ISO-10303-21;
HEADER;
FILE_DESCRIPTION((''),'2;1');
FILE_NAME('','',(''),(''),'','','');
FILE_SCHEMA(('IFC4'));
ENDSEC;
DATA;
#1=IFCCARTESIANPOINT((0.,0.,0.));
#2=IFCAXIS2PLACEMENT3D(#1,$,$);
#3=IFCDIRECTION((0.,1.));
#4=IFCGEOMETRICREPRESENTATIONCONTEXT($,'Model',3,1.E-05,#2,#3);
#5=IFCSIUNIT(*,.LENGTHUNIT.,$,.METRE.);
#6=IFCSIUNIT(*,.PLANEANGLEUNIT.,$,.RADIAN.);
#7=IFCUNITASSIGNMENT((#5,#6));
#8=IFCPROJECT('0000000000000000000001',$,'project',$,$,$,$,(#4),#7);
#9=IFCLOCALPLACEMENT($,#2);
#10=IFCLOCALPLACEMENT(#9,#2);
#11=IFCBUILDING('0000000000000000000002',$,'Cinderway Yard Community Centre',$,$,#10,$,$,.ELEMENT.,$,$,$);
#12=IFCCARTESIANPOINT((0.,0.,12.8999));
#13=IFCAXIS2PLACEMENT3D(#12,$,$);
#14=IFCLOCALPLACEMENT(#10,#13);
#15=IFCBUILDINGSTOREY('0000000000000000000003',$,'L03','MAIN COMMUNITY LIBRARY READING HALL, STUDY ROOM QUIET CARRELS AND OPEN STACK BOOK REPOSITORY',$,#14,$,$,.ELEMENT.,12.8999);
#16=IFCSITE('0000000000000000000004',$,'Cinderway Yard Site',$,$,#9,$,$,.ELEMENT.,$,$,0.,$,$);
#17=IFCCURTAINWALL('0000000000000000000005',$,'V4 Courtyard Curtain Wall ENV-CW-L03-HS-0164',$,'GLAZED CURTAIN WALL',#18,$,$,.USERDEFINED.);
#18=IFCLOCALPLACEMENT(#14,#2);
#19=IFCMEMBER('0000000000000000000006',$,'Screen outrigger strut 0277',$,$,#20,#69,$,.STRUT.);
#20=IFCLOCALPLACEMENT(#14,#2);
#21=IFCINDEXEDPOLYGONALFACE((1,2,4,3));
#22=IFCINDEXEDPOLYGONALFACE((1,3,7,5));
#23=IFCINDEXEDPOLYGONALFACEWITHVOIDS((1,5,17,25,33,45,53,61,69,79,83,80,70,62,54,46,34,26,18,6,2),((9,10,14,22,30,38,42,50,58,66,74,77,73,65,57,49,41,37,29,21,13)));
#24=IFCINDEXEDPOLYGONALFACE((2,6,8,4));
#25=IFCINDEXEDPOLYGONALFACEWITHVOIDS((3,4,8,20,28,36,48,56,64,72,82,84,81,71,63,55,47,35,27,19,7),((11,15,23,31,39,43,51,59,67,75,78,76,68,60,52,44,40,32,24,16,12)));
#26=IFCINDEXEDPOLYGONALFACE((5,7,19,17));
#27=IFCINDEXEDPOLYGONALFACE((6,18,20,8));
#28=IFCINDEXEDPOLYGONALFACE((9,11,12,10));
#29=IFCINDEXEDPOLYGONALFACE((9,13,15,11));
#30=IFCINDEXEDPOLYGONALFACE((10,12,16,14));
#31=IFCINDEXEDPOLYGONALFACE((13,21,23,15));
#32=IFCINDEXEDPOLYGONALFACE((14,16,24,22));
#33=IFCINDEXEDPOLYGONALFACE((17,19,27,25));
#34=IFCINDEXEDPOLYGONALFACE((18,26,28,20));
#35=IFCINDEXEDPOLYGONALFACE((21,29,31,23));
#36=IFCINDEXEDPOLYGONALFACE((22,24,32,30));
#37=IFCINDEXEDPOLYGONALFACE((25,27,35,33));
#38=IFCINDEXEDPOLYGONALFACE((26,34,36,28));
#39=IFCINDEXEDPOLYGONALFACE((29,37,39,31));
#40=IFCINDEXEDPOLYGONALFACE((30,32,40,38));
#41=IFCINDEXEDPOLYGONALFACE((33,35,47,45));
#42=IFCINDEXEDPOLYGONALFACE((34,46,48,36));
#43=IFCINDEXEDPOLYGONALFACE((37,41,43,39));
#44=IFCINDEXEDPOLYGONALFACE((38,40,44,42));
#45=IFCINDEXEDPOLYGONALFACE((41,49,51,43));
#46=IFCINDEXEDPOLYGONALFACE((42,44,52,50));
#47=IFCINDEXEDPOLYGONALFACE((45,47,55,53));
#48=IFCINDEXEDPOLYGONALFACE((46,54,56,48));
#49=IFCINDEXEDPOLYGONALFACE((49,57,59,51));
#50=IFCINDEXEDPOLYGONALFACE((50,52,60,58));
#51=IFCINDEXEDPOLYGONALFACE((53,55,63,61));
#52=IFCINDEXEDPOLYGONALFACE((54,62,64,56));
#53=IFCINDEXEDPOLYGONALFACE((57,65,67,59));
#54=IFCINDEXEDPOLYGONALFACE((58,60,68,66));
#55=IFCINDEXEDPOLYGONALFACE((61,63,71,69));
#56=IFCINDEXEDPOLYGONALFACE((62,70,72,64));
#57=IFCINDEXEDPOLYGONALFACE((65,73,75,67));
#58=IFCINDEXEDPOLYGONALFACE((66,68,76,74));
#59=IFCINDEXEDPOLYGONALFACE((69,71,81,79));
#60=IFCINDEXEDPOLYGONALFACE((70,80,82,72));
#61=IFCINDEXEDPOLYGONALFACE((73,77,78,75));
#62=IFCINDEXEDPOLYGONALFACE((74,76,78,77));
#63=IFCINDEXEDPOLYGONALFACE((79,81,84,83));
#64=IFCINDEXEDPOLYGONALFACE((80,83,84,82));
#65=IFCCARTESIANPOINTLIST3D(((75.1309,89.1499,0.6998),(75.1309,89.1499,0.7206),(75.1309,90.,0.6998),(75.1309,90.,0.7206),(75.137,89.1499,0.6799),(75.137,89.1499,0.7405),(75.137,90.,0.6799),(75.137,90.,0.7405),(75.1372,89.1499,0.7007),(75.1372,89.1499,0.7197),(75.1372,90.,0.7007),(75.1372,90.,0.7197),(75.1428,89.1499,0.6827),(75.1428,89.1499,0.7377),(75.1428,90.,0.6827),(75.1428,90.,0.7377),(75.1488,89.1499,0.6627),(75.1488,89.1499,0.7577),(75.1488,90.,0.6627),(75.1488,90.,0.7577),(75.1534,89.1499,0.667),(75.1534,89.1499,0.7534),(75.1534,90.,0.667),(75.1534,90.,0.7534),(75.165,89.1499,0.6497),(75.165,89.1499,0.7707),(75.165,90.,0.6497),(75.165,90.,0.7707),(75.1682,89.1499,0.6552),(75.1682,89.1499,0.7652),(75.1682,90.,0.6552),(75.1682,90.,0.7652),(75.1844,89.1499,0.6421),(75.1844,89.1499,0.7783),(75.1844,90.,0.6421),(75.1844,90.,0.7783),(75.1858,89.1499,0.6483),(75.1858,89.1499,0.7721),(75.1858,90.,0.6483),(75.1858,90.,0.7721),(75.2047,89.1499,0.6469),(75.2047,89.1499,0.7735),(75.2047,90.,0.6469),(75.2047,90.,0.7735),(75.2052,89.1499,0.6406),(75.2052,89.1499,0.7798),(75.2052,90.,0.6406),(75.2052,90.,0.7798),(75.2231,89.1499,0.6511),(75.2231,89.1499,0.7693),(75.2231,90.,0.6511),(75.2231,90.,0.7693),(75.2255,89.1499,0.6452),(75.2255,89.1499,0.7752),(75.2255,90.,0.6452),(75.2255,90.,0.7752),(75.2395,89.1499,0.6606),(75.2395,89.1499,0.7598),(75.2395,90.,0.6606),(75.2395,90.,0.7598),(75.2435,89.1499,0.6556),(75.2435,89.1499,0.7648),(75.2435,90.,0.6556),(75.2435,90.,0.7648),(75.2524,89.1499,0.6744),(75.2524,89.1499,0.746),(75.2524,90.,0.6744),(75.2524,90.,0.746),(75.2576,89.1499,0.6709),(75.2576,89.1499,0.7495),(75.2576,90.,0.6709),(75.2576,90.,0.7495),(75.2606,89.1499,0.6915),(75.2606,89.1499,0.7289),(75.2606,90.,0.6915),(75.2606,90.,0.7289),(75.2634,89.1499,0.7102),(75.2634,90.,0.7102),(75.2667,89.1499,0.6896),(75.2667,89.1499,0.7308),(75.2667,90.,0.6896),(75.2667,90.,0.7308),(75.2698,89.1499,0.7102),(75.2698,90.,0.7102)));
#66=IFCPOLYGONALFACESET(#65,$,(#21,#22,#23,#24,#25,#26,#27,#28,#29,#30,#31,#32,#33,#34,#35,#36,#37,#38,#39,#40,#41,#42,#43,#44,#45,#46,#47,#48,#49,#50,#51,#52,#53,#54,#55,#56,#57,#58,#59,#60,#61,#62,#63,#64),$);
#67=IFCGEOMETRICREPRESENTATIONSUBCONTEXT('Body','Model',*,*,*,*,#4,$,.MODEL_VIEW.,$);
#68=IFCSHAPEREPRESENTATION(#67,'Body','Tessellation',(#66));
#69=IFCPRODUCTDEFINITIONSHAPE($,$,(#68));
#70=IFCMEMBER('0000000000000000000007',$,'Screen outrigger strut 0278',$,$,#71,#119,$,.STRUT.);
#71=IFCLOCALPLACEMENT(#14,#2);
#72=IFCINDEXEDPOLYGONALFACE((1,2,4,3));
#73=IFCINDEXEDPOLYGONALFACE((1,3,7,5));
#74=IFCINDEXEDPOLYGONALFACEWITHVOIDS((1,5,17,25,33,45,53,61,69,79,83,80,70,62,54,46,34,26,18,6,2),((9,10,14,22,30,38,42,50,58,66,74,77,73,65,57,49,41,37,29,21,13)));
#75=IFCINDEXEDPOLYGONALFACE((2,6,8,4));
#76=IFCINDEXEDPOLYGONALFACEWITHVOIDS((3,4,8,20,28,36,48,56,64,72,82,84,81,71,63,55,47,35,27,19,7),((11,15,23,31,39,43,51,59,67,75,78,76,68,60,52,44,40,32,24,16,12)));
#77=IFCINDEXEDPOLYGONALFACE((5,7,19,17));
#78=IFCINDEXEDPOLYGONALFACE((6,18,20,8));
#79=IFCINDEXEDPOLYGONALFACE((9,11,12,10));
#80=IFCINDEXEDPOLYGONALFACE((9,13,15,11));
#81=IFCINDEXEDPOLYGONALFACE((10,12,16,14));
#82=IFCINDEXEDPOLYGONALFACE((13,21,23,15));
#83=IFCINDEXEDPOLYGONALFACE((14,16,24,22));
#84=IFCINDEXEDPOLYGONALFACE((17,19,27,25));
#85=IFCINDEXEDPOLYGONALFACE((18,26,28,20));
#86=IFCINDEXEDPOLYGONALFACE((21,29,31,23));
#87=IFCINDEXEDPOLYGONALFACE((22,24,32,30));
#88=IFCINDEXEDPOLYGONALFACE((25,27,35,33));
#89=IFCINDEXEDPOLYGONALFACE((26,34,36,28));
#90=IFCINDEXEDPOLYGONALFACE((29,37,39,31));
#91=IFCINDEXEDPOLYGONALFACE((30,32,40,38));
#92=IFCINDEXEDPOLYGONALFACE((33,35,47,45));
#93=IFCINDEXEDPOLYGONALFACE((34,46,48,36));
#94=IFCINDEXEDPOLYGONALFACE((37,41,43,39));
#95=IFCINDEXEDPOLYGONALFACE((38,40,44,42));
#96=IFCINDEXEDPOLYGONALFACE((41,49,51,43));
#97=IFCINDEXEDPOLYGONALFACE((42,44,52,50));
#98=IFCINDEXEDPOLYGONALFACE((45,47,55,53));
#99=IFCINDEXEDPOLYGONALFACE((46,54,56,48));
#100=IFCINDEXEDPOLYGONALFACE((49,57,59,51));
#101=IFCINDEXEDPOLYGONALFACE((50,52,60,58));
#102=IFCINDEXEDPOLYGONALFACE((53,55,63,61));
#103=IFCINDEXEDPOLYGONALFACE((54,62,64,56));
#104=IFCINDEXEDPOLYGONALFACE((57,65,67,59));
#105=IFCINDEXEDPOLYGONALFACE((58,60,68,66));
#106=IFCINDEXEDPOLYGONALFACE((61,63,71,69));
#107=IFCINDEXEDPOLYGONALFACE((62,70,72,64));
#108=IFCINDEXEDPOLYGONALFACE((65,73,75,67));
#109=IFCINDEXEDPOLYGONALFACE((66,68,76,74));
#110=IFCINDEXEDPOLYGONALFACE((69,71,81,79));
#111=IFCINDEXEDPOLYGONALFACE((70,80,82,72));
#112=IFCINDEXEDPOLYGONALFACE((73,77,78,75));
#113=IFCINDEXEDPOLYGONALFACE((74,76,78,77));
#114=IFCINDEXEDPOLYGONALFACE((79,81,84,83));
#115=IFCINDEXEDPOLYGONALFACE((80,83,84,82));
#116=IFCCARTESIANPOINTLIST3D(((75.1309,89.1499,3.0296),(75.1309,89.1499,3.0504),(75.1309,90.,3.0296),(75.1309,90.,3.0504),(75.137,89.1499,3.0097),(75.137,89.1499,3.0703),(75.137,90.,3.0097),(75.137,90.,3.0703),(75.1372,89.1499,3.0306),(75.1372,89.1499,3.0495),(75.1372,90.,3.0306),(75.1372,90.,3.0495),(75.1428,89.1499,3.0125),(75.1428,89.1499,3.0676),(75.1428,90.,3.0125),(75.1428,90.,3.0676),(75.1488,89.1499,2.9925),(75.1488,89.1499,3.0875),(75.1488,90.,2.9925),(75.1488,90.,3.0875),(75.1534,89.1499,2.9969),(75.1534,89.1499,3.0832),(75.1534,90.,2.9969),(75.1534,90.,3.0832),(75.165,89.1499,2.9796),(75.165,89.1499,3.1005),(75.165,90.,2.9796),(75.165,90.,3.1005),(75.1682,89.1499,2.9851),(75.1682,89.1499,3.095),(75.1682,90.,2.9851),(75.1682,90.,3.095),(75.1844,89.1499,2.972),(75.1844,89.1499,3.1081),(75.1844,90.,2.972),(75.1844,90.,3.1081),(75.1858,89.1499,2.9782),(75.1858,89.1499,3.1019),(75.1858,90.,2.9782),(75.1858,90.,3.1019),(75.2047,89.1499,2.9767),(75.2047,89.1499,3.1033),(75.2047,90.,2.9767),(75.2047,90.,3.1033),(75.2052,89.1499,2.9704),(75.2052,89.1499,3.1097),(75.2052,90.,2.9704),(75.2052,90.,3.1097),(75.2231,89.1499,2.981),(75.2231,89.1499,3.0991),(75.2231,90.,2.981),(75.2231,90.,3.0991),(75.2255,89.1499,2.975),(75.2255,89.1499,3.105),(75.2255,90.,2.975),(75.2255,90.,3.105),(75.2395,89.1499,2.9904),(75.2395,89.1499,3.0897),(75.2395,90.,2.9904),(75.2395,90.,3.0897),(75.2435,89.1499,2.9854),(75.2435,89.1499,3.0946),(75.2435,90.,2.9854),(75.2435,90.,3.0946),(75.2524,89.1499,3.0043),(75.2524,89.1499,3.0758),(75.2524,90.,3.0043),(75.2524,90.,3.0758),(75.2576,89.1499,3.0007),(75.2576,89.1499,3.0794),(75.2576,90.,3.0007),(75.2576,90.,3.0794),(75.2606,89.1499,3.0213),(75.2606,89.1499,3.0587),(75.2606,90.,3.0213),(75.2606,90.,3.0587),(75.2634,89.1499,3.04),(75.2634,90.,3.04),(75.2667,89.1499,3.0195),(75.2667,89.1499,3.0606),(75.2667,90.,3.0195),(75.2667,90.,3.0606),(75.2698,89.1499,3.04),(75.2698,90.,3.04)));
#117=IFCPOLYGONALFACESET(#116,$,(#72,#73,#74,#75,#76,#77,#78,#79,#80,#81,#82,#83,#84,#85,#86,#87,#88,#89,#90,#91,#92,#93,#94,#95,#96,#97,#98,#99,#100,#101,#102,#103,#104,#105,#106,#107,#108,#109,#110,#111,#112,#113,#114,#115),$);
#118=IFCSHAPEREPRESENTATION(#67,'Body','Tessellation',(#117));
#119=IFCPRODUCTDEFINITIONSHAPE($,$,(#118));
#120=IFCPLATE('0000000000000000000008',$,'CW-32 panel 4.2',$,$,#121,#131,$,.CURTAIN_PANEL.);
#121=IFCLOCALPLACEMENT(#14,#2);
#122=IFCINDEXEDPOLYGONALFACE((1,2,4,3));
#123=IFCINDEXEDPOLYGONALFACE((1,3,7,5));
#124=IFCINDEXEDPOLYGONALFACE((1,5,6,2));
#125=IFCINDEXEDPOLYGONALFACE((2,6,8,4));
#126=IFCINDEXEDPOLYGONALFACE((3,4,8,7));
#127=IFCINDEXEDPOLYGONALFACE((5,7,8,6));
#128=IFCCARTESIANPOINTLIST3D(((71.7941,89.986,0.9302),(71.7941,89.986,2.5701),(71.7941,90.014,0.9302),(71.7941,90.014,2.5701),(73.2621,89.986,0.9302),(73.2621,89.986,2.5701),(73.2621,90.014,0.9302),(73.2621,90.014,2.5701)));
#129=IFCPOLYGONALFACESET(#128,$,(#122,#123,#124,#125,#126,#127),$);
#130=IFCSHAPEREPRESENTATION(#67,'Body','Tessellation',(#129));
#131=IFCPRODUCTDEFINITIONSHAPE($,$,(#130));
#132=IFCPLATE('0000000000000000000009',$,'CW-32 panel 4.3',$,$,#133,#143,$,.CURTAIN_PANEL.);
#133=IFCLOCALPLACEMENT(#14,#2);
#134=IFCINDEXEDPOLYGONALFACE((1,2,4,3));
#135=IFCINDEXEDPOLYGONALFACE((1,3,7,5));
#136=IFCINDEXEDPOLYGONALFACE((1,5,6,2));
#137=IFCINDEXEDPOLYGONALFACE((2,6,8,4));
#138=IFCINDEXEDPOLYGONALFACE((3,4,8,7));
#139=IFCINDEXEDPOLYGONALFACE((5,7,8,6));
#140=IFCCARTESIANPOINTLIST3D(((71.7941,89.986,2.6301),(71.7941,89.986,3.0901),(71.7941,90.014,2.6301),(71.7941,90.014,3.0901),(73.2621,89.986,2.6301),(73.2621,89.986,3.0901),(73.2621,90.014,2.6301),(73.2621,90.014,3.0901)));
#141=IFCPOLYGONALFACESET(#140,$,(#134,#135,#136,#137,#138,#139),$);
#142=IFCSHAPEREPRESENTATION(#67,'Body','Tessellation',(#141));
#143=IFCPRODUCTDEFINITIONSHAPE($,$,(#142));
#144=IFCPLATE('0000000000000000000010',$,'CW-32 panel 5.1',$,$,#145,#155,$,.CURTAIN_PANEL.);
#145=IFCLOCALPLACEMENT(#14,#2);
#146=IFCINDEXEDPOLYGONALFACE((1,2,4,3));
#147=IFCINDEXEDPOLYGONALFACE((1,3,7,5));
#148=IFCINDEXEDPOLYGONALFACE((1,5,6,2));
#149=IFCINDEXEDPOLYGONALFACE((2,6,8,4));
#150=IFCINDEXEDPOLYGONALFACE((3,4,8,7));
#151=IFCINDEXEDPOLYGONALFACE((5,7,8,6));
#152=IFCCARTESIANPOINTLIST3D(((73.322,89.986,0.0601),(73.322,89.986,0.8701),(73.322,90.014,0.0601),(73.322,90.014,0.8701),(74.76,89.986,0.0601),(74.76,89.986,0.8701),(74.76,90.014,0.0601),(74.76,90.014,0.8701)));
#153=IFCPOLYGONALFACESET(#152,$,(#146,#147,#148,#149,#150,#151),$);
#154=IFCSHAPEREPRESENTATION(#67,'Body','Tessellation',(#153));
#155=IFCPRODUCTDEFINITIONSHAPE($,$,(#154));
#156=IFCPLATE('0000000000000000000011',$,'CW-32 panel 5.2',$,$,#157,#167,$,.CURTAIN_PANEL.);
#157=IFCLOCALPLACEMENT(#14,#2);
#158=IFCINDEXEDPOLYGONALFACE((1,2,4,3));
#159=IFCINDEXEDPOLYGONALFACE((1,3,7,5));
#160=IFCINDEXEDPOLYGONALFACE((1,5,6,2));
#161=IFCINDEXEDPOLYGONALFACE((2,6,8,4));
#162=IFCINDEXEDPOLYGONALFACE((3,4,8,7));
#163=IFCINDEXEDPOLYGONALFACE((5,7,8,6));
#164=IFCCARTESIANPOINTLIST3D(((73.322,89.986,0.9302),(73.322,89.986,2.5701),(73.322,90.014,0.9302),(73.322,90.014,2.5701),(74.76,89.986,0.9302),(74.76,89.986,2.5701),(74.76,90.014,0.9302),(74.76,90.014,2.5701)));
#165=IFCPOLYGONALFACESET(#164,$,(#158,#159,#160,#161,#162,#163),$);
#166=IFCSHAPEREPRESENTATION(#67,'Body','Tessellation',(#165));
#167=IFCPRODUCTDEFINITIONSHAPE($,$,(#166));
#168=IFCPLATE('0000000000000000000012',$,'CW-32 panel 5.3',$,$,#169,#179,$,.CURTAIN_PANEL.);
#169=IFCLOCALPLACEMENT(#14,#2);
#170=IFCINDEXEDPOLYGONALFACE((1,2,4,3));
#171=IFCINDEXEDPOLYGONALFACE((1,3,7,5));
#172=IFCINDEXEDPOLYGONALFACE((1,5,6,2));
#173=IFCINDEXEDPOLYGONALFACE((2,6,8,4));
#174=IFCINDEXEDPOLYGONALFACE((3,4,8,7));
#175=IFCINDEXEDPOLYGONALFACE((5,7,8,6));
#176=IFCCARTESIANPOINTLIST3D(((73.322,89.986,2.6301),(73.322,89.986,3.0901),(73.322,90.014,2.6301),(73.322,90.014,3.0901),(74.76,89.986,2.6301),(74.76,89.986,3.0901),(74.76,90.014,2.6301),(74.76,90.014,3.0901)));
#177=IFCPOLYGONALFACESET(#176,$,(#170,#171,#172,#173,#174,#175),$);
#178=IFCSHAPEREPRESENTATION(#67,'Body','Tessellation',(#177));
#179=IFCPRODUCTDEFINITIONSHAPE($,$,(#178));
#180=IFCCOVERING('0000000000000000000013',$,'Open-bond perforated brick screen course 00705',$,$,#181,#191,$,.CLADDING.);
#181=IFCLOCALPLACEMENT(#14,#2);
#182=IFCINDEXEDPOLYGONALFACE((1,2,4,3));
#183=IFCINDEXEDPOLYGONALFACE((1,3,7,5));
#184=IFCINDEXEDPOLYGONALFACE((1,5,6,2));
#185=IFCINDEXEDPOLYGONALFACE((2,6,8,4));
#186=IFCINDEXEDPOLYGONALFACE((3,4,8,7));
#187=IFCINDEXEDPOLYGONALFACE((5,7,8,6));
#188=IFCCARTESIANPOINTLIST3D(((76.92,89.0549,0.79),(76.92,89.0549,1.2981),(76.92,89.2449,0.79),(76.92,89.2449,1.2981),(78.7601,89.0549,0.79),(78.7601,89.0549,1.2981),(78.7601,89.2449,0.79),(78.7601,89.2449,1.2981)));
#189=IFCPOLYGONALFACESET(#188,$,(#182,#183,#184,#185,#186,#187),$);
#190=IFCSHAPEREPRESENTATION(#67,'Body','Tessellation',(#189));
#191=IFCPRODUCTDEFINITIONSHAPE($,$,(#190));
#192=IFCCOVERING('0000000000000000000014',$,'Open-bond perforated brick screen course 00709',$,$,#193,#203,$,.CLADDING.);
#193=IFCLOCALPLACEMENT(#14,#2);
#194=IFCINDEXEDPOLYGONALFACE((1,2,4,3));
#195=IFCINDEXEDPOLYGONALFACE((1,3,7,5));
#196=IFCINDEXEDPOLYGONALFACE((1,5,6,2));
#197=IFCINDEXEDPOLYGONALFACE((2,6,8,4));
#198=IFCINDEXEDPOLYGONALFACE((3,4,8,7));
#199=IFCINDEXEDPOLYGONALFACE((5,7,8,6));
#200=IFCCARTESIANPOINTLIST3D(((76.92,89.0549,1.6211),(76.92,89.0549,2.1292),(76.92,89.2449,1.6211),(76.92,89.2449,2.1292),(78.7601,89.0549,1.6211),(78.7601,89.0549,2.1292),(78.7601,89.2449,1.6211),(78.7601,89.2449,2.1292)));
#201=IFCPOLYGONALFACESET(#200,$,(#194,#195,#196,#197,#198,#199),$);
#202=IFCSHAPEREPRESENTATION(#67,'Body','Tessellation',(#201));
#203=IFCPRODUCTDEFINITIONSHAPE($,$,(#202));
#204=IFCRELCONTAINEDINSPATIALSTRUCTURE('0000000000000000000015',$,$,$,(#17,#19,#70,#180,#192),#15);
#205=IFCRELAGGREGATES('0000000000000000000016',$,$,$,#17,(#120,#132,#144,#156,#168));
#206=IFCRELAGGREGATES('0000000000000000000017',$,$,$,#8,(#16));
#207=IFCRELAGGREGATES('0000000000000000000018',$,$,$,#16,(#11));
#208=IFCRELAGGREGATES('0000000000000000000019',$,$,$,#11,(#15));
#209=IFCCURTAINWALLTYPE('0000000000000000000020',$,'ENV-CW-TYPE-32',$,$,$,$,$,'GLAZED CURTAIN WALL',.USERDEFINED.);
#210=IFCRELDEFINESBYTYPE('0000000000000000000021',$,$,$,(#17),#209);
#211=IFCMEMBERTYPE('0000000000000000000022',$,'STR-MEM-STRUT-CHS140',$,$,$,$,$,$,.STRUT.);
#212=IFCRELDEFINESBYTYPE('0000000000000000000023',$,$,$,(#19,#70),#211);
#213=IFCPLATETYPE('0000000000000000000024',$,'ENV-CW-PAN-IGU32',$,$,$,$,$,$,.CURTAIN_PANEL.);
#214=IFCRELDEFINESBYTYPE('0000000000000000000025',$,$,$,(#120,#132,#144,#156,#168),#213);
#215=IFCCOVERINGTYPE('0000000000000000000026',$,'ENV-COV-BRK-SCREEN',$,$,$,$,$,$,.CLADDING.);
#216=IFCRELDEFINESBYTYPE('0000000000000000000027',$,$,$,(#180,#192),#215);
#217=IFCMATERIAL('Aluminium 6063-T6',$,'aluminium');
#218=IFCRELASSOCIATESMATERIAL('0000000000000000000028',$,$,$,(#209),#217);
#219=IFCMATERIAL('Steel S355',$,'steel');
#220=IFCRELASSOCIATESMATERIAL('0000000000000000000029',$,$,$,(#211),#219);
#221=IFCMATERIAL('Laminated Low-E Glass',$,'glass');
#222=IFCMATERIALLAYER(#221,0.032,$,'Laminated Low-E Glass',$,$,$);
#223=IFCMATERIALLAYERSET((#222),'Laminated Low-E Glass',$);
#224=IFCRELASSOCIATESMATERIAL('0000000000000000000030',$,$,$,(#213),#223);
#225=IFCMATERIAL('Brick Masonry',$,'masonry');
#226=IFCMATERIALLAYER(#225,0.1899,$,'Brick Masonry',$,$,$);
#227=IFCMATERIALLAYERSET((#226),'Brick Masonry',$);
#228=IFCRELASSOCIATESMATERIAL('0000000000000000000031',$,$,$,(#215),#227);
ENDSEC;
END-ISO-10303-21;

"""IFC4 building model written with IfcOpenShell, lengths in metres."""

from ifc_helpers import new_model, si_unit, direction, frame, origin, origin_2d, place, context, subcontext, project, spatial, rectangle, hollow_circle, extrude, material, layer, layer_set, material_profile, profile_set, type_object, element, aggregate, save


model = new_model("IFC4")

# Units and contexts
model_context = context("Model", 3, precision=1e-05, world=origin(), true_north=direction((0.0, 1.0)))
body_context = subcontext(model_context, "Body", "Model", "MODEL_VIEW")
ifc_project = project(units=[si_unit("LENGTHUNIT", "METRE"), si_unit("PLANEANGLEUNIT", "RADIAN")], contexts=[model_context])

# Site, building, storey
site_placement = place(None, origin())
site = spatial("IfcSite", under=ifc_project, at=site_placement, Name="Cinderway Yard Site", CompositionType="ELEMENT", RefElevation=0.0)
building_placement = place(site_placement, origin())
building = spatial("IfcBuilding", under=site, at=building_placement, Name="Cinderway Yard Community Centre", CompositionType="ELEMENT")
storey_placement = place(building_placement, frame((0.0, 0.0, 12.8999)))
storey = spatial("IfcBuildingStorey", under=building, at=storey_placement, Name="L03", Description="MAIN COMMUNITY LIBRARY READING HALL, STUDY ROOM QUIET CARRELS AND OPEN STACK BOOK REPOSITORY", CompositionType="ELEMENT", Elevation=12.8999)

# Curtain wall
ifc_material_1 = material(Name="Aluminium 6063-T6", Category="aluminium")
curtain_wall_type_1 = type_object("IfcCurtainWallType", Name="ENV-CW-TYPE-32", ElementType="GLAZED CURTAIN WALL", PredefinedType="USERDEFINED", material=ifc_material_1)
curtain_wall_1_placement = place(storey_placement, origin())
curtain_wall_1 = element("IfcCurtainWall", 1, at=curtain_wall_1_placement, inside=storey, type_object=curtain_wall_type_1, Name="V4 Courtyard Curtain Wall ENV-CW-L03-HS-0164", ObjectType="GLAZED CURTAIN WALL", PredefinedType="USERDEFINED")

# Members
ifc_material_2 = material(Name="Steel S355", Category="steel")
ifc_material_profile_1 = material_profile(ifc_material_2, hollow_circle(Radius=0.0698, WallThickness=0.0063, at=origin_2d()), Name="Steel S355")
ifc_profile_set_1 = profile_set([ifc_material_profile_1], Name="Steel S355")
member_type_1 = type_object("IfcMemberType", Name="STR-MEM-STRUT-CHS140", PredefinedType="STRUT", material=ifc_profile_set_1)
for number, where, z_axis, x_axis, name in (
    (2, (75.2, 90.0, 0.7102), (0.0, -1.0, 0.0), (1.0, 0.0, 0.0), "Screen outrigger strut 0277"),
    (3, (75.2, 90.0, 3.04), (0.0, -1.0, 0.0), (1.0, 0.0, 0.0), "Screen outrigger strut 0278"),
):
    element("IfcMember", number, at=place(storey_placement, frame(where, z_axis=z_axis, x_axis=x_axis)), inside=storey, type_object=member_type_1, Name=name, PredefinedType="STRUT", context=body_context, shape_type="SweptSolid", body=[
        extrude(hollow_circle(Radius=0.0698, WallThickness=0.0063, at=origin_2d()), origin(), (0.0, 0.0, 1.0), 0.8501),
    ])

# Plates
ifc_material_3 = material(Name="Laminated Low-E Glass", Category="glass")
ifc_layer_1 = layer(ifc_material_3, 0.032, Name="Laminated Low-E Glass")
ifc_layer_set_1 = layer_set([ifc_layer_1], Name="Laminated Low-E Glass")
plate_type = type_object("IfcPlateType", Name="ENV-CW-PAN-IGU32", PredefinedType="CURTAIN_PANEL", material=ifc_layer_set_1)
plate_1_placement = place(storey_placement, frame((72.5281, 90.0, 0.9302), z_axis=(0.0, 0.0, 1.0), x_axis=(1.0, 0.0, 0.0)))
plate_1 = element("IfcPlate", 4, at=plate_1_placement, type_object=plate_type, Name="CW-32 panel 4.2", PredefinedType="CURTAIN_PANEL", context=body_context, shape_type="SweptSolid", body=[
    extrude(rectangle(XDim=1.468, YDim=0.0281, at=origin_2d()), origin(), (0.0, 0.0, 1.0), 1.6399),
])
plate_2_placement = place(storey_placement, frame((72.5281, 90.0, 2.6301), z_axis=(0.0, 0.0, 1.0), x_axis=(1.0, 0.0, 0.0)))
plate_2 = element("IfcPlate", 5, at=plate_2_placement, type_object=plate_type, Name="CW-32 panel 4.3", PredefinedType="CURTAIN_PANEL", context=body_context, shape_type="SweptSolid", body=[
    extrude(rectangle(XDim=1.468, YDim=0.0281, at=origin_2d()), origin(), (0.0, 0.0, 1.0), 0.46),
])
plate_3_placement = place(storey_placement, frame((74.041, 90.0, 0.0601), z_axis=(0.0, 0.0, 1.0), x_axis=(1.0, 0.0, 0.0)))
plate_3 = element("IfcPlate", 6, at=plate_3_placement, type_object=plate_type, Name="CW-32 panel 5.1", PredefinedType="CURTAIN_PANEL", context=body_context, shape_type="SweptSolid", body=[
    extrude(rectangle(XDim=1.438, YDim=0.0281, at=origin_2d()), origin(), (0.0, 0.0, 1.0), 0.8101),
])
plate_4_placement = place(storey_placement, frame((74.041, 90.0, 0.9302), z_axis=(0.0, 0.0, 1.0), x_axis=(1.0, 0.0, 0.0)))
plate_4 = element("IfcPlate", 7, at=plate_4_placement, type_object=plate_type, Name="CW-32 panel 5.2", PredefinedType="CURTAIN_PANEL", context=body_context, shape_type="SweptSolid", body=[
    extrude(rectangle(XDim=1.438, YDim=0.0281, at=origin_2d()), origin(), (0.0, 0.0, 1.0), 1.6399),
])
plate_5_placement = place(storey_placement, frame((74.041, 90.0, 2.6301), z_axis=(0.0, 0.0, 1.0), x_axis=(1.0, 0.0, 0.0)))
plate_5 = element("IfcPlate", 8, at=plate_5_placement, type_object=plate_type, Name="CW-32 panel 5.3", PredefinedType="CURTAIN_PANEL", context=body_context, shape_type="SweptSolid", body=[
    extrude(rectangle(XDim=1.438, YDim=0.0281, at=origin_2d()), origin(), (0.0, 0.0, 1.0), 0.46),
])
aggregate(curtain_wall_1, [plate_1, plate_2, plate_3, plate_4, plate_5])

# Coverings
ifc_material_4 = material(Name="Brick Masonry", Category="masonry")
ifc_layer_2 = layer(ifc_material_4, 0.1899, Name="Brick Masonry")
ifc_layer_set_2 = layer_set([ifc_layer_2], Name="Brick Masonry")
covering_type = type_object("IfcCoveringType", Name="ENV-COV-BRK-SCREEN", PredefinedType="CLADDING", material=ifc_layer_set_2)
for number, where, z_axis, x_axis, name in (
    (9, (77.8401, 89.1499, 0.79), (0.0, 0.0, 1.0), (-1.0, 0.0, 0.0), "Open-bond perforated brick screen course 00705"),
    (10, (77.8401, 89.1499, 1.6211), (0.0, 0.0, 1.0), (-1.0, 0.0, 0.0), "Open-bond perforated brick screen course 00709"),
):
    element("IfcCovering", number, at=place(storey_placement, frame(where, z_axis=z_axis, x_axis=x_axis)), inside=storey, type_object=covering_type, Name=name, PredefinedType="CLADDING", context=body_context, shape_type="SweptSolid", body=[
        extrude(rectangle(XDim=1.8401, YDim=0.1899, at=origin_2d()), origin(), (0.0, 0.0, 1.0), 0.5081),
    ])

save(model, "model.ifc")
